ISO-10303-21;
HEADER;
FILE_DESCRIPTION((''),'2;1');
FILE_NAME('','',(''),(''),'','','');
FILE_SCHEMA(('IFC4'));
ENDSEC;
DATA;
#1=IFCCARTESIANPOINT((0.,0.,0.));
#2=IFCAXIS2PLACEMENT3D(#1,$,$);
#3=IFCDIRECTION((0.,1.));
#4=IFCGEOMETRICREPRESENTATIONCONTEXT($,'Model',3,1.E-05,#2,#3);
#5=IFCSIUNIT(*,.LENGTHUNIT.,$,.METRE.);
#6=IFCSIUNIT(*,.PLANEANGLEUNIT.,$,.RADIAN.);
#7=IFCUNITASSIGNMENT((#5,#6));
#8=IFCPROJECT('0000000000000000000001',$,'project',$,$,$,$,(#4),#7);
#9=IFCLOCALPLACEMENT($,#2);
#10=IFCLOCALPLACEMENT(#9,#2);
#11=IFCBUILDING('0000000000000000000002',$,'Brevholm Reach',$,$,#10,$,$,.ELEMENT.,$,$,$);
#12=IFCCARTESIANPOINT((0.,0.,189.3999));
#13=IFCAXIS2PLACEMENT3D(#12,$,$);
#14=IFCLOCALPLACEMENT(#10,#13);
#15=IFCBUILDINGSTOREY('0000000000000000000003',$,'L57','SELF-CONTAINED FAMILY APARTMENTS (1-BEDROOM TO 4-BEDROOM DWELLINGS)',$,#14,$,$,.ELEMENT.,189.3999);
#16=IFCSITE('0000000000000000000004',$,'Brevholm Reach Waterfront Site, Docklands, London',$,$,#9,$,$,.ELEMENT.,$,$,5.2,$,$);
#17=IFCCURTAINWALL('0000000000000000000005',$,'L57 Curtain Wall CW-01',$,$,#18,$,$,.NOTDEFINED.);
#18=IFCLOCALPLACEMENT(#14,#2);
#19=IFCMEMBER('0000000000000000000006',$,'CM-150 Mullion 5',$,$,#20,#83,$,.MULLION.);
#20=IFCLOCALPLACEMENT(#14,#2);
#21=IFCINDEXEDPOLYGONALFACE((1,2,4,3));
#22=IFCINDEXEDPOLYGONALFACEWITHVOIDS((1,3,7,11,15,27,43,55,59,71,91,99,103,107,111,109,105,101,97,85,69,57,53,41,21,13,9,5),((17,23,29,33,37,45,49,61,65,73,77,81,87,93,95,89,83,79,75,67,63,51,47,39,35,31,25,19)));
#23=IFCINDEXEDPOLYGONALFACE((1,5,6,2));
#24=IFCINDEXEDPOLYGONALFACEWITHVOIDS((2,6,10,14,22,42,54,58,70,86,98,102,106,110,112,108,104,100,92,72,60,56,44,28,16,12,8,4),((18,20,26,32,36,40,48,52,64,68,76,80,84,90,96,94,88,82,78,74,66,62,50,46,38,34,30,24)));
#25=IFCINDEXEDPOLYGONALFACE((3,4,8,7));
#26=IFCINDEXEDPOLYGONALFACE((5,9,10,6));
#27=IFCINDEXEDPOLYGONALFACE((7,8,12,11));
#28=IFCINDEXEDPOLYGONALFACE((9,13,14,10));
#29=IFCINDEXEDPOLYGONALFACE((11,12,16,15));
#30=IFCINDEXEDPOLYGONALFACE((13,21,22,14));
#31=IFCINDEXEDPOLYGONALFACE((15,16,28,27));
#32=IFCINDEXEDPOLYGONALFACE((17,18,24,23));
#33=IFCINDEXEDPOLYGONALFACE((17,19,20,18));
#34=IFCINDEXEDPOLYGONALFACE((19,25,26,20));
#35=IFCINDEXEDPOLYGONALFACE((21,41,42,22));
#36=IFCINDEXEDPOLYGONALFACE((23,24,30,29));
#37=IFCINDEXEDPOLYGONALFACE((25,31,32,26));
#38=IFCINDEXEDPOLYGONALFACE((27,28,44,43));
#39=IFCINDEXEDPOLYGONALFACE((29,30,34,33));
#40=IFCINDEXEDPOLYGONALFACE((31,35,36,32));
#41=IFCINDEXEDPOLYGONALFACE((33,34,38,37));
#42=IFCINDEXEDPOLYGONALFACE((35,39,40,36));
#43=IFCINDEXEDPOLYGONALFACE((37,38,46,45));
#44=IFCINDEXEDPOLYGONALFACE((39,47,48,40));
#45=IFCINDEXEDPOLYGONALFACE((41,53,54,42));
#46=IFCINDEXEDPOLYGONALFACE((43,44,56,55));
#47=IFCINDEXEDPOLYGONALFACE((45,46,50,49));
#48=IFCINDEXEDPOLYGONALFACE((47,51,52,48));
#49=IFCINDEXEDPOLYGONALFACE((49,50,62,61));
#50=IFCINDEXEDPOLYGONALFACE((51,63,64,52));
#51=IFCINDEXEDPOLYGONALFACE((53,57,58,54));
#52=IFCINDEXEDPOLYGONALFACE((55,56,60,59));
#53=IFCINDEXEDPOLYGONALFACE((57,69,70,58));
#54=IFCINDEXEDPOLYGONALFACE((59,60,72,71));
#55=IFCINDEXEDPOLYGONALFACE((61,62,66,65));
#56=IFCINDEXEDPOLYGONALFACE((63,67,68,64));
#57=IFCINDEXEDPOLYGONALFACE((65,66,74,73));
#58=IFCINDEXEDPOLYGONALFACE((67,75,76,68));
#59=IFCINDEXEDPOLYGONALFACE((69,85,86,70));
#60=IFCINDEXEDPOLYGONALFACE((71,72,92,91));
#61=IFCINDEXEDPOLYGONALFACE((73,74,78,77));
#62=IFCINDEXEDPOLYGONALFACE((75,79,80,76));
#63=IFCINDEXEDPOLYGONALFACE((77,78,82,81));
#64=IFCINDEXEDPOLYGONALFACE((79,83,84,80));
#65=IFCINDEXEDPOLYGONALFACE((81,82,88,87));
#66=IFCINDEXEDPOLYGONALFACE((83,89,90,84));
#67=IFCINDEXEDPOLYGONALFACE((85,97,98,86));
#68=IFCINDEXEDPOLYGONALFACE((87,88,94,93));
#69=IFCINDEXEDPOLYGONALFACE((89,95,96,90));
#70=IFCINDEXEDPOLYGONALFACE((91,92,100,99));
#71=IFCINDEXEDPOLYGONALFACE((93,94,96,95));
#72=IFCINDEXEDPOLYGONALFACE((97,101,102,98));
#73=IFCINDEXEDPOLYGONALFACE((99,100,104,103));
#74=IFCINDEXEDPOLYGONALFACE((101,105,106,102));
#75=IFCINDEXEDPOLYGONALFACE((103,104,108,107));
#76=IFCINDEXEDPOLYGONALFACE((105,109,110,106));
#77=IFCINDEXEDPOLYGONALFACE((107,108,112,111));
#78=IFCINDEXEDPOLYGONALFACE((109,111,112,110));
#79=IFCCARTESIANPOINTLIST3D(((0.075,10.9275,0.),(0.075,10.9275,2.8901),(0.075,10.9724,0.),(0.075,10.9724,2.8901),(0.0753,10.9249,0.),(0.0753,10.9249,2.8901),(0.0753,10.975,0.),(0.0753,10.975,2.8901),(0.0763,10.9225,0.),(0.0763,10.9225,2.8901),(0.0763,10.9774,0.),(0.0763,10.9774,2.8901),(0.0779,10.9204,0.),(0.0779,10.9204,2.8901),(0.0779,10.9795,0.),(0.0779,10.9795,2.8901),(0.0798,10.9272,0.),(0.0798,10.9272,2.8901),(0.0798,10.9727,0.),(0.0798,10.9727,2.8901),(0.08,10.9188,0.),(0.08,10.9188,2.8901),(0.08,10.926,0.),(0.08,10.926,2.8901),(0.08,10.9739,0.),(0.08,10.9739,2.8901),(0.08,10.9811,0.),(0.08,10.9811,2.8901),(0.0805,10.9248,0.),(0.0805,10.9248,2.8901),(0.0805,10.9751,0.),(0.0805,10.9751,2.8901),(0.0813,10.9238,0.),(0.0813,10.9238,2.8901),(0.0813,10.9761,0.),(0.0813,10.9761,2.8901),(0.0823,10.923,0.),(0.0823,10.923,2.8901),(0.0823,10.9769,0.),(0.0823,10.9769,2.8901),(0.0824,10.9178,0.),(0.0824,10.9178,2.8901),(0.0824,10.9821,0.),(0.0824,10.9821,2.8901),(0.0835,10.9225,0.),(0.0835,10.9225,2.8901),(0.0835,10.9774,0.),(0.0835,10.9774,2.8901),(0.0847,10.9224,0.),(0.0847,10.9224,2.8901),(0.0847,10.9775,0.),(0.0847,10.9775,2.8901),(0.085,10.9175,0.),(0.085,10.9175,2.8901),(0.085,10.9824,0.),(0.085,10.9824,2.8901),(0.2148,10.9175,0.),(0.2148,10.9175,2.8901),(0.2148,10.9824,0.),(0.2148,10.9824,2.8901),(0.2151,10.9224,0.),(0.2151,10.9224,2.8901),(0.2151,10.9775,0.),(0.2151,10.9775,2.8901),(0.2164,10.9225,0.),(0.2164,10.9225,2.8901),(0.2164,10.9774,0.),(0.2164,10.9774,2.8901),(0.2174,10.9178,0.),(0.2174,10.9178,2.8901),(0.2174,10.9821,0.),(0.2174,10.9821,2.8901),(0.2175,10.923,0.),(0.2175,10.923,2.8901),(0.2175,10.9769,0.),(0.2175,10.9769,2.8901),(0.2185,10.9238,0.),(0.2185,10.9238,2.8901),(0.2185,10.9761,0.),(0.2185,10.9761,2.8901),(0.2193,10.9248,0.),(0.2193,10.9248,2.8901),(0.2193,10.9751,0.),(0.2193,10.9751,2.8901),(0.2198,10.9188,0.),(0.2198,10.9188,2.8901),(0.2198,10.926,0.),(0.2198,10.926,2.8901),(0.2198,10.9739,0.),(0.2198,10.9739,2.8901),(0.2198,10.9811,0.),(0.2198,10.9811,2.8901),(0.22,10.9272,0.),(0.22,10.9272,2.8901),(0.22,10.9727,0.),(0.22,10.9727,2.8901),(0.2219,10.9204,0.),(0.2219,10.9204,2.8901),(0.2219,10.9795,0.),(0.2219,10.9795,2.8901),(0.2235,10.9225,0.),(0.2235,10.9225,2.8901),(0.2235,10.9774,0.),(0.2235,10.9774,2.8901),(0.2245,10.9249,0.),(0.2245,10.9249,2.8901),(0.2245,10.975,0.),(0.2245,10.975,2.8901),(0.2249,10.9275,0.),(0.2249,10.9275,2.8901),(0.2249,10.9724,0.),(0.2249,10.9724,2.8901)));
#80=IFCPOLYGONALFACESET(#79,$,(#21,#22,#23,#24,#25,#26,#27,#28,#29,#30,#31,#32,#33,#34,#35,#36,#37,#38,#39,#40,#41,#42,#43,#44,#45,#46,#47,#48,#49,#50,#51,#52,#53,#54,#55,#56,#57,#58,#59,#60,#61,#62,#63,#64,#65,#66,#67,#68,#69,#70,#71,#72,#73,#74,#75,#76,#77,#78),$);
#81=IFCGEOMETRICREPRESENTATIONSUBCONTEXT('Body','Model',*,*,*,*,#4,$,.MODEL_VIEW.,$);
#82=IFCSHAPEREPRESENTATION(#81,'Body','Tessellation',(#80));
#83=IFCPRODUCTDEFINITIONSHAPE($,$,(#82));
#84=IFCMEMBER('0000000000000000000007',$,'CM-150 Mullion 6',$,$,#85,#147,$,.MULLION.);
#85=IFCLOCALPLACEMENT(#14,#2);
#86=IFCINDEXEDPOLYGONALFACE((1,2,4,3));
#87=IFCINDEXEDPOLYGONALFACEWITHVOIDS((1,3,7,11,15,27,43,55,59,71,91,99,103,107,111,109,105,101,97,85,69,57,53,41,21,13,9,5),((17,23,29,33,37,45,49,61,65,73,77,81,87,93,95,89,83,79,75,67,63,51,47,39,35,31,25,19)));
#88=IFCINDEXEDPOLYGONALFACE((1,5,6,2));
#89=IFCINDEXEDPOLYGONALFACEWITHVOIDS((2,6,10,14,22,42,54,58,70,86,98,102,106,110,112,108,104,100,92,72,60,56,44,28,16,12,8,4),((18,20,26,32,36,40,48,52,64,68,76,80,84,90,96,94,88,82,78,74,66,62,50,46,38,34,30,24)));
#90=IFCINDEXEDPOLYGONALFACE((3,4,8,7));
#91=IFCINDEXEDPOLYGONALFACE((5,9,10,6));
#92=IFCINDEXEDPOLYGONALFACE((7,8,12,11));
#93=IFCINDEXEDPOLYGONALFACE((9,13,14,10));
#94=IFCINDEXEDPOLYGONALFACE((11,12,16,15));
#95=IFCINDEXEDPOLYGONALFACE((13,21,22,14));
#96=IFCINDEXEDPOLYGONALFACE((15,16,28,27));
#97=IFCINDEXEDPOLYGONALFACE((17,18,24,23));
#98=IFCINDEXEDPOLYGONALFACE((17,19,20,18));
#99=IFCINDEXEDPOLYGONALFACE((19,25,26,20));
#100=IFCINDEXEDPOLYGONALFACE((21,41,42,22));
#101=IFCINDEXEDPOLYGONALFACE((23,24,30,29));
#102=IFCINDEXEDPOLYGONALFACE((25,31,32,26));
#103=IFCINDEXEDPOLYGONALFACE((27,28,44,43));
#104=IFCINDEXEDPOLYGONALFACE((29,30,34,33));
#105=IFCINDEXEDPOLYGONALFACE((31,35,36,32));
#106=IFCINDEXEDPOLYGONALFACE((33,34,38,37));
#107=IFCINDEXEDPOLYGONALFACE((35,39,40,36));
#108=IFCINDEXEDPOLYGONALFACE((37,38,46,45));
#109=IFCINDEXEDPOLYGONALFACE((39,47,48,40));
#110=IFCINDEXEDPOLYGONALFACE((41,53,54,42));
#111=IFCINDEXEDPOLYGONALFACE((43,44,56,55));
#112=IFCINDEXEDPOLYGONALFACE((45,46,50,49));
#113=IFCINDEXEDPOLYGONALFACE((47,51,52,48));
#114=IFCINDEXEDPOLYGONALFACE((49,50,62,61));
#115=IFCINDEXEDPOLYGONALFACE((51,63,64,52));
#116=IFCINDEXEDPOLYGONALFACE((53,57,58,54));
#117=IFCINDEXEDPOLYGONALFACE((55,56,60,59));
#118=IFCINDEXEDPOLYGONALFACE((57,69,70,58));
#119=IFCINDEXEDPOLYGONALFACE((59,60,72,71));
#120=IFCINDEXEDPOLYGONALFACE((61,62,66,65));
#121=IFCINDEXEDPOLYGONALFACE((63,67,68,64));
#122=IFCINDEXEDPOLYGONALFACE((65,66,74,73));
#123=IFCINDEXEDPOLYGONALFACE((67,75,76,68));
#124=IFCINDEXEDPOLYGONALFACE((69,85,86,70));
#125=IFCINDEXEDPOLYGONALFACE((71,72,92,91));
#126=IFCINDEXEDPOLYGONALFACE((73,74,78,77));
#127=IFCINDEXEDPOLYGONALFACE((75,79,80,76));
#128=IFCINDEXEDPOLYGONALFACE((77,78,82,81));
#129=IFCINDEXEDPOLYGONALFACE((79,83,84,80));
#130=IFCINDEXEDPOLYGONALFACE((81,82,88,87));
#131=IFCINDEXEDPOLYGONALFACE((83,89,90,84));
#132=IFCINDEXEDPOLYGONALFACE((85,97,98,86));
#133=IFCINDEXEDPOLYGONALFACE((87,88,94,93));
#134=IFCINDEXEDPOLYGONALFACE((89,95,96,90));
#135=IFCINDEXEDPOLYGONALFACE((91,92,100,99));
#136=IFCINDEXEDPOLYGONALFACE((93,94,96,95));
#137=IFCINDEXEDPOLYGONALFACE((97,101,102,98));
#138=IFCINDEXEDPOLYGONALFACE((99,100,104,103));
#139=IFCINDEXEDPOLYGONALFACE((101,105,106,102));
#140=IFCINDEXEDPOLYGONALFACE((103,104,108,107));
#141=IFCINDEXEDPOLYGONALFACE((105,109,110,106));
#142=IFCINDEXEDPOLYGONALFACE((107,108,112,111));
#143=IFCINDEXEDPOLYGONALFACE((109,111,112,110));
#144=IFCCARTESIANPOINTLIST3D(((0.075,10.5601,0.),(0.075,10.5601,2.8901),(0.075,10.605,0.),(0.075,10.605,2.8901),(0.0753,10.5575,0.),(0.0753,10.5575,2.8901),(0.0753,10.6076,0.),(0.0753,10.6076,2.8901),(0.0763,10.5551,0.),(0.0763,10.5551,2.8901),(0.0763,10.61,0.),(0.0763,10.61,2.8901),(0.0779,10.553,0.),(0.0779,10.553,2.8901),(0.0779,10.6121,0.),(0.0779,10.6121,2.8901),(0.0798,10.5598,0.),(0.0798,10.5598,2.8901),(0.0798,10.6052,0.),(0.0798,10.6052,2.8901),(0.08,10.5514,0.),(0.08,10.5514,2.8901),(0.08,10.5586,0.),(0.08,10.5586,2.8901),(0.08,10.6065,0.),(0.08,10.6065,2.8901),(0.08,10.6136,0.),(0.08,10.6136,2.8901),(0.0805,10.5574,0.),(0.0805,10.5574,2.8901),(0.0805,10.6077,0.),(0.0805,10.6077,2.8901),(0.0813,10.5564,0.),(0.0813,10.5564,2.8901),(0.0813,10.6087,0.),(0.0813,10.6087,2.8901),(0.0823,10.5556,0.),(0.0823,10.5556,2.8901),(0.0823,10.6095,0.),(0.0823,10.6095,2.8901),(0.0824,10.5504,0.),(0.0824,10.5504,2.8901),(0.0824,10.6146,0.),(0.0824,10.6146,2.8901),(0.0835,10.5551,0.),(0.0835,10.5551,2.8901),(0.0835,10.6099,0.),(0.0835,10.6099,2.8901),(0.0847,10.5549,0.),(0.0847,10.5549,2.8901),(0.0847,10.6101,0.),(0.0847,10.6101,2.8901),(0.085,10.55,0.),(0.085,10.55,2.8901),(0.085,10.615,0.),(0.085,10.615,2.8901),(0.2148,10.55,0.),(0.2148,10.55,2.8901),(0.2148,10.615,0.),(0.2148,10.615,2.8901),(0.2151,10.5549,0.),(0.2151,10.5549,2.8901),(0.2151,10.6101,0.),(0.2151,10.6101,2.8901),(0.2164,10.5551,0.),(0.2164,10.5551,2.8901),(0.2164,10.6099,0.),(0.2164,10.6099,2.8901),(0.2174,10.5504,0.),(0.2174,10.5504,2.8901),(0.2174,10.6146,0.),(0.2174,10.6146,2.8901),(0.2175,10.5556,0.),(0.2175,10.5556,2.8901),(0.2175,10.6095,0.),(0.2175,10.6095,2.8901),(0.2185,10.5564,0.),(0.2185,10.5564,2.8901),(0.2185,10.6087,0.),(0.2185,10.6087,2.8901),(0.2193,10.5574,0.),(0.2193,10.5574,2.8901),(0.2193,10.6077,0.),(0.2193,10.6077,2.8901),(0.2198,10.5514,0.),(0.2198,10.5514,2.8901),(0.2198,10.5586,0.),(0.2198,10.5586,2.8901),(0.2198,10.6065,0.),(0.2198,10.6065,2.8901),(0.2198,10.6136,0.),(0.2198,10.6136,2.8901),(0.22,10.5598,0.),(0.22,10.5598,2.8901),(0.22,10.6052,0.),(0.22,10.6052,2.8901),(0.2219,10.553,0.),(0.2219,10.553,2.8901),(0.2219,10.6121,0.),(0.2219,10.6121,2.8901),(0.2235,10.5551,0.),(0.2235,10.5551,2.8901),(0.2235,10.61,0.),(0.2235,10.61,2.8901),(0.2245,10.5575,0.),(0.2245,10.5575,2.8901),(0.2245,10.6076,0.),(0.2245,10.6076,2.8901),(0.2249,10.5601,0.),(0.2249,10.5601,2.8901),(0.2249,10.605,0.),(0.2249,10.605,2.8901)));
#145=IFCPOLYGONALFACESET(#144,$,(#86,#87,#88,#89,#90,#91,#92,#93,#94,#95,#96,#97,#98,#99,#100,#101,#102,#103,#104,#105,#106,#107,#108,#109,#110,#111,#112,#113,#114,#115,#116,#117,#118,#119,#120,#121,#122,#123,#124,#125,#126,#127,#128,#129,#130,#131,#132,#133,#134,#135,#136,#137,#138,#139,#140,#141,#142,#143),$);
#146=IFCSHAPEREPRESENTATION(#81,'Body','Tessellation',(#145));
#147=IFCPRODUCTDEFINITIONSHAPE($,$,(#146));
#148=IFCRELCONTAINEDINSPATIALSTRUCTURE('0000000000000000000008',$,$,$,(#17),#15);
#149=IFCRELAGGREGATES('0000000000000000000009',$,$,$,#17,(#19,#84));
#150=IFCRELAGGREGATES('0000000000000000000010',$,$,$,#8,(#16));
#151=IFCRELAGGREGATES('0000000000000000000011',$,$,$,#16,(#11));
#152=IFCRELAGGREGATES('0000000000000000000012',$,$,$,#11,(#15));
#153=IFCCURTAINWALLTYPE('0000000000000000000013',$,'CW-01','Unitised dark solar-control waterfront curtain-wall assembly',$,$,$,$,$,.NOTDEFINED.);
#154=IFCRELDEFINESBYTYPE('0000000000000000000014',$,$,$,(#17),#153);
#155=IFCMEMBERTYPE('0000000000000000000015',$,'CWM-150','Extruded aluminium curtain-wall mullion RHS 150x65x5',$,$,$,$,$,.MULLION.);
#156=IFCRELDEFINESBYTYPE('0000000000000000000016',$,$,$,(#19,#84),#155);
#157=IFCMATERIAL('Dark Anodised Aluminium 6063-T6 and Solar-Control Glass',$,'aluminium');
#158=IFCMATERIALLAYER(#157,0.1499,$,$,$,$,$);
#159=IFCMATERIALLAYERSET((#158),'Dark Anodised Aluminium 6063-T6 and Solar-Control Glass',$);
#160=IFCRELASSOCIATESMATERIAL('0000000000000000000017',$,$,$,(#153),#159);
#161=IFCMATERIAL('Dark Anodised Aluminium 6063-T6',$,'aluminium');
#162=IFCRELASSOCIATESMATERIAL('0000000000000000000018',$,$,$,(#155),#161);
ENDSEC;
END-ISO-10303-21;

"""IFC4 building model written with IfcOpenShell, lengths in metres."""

from ifc_helpers import new_model, si_unit, direction, frame, origin, origin_2d, place, context, subcontext, project, spatial, hollow_rectangle, extrude, material, layer, layer_set, material_profile, profile_set, type_object, element, aggregate, save


model = new_model("IFC4")

# Units and contexts
model_context = context("Model", 3, precision=1e-05, world=origin(), true_north=direction((0.0, 1.0)))
body_context = subcontext(model_context, "Body", "Model", "MODEL_VIEW")
ifc_project = project(units=[si_unit("LENGTHUNIT", "METRE"), si_unit("PLANEANGLEUNIT", "RADIAN")], contexts=[model_context])

# Site, building, storey
site_placement = place(None, origin())
site = spatial("IfcSite", under=ifc_project, at=site_placement, Name="Brevholm Reach Waterfront Site, Docklands, London", CompositionType="ELEMENT", RefElevation=5.2)
building_placement = place(site_placement, origin())
building = spatial("IfcBuilding", under=site, at=building_placement, Name="Brevholm Reach", CompositionType="ELEMENT")
storey_placement = place(building_placement, frame((0.0, 0.0, 189.3999)))
storey = spatial("IfcBuildingStorey", under=building, at=storey_placement, Name="L57", Description="SELF-CONTAINED FAMILY APARTMENTS (1-BEDROOM TO 4-BEDROOM DWELLINGS)", CompositionType="ELEMENT", Elevation=189.3999)

# Curtain wall, members
ifc_material_1 = material(Name="Dark Anodised Aluminium 6063-T6 and Solar-Control Glass", Category="aluminium")
ifc_layer_1 = layer(ifc_material_1, 0.1499)
ifc_layer_set_1 = layer_set([ifc_layer_1], Name="Dark Anodised Aluminium 6063-T6 and Solar-Control Glass")
curtain_wall_type = type_object("IfcCurtainWallType", Name="CW-01", Description="Unitised dark solar-control waterfront curtain-wall assembly", PredefinedType="NOTDEFINED", material=ifc_layer_set_1)
curtain_wall_placement = place(storey_placement, origin())
curtain_wall = element("IfcCurtainWall", 1, at=curtain_wall_placement, inside=storey, type_object=curtain_wall_type, Name="L57 Curtain Wall CW-01", PredefinedType="NOTDEFINED")
ifc_material_2 = material(Name="Dark Anodised Aluminium 6063-T6", Category="aluminium")
ifc_material_profile_1 = material_profile(ifc_material_2, hollow_rectangle(XDim=0.0649, YDim=0.1499, WallThickness=0.0049, InnerFilletRadius=0.0049, OuterFilletRadius=0.01, at=origin_2d()), Name="RHS 150x65x5")
ifc_profile_set_1 = profile_set([ifc_material_profile_1], Name="Dark Anodised Aluminium 6063-T6")
member_type_1 = type_object("IfcMemberType", Name="CWM-150", Description="Extruded aluminium curtain-wall mullion RHS 150x65x5", PredefinedType="MULLION", material=ifc_profile_set_1)
member_1_placement = place(storey_placement, frame((0.1499, 10.95, 0.0), z_axis=(0.0, 0.0, 1.0), x_axis=(0.0, -1.0, 0.0)))
member_1 = element("IfcMember", 2, at=member_1_placement, type_object=member_type_1, Name="CM-150 Mullion 5", PredefinedType="MULLION", context=body_context, shape_type="SweptSolid", body=[
    extrude(hollow_rectangle(XDim=0.0649, YDim=0.1499, WallThickness=0.0049, InnerFilletRadius=0.0049, OuterFilletRadius=0.01, at=origin_2d()), origin(), (0.0, 0.0, 1.0), 2.8901),
])
member_2_placement = place(storey_placement, frame((0.1499, 10.5825, 0.0), z_axis=(0.0, 0.0, 1.0), x_axis=(0.0, -1.0, 0.0)))
member_2 = element("IfcMember", 3, at=member_2_placement, type_object=member_type_1, Name="CM-150 Mullion 6", PredefinedType="MULLION", context=body_context, shape_type="SweptSolid", body=[
    extrude(hollow_rectangle(XDim=0.0649, YDim=0.1499, WallThickness=0.0049, InnerFilletRadius=0.0049, OuterFilletRadius=0.01, at=origin_2d()), origin(), (0.0, 0.0, 1.0), 2.8901),
])
aggregate(curtain_wall, [member_1, member_2])

save(model, "model.ifc")
